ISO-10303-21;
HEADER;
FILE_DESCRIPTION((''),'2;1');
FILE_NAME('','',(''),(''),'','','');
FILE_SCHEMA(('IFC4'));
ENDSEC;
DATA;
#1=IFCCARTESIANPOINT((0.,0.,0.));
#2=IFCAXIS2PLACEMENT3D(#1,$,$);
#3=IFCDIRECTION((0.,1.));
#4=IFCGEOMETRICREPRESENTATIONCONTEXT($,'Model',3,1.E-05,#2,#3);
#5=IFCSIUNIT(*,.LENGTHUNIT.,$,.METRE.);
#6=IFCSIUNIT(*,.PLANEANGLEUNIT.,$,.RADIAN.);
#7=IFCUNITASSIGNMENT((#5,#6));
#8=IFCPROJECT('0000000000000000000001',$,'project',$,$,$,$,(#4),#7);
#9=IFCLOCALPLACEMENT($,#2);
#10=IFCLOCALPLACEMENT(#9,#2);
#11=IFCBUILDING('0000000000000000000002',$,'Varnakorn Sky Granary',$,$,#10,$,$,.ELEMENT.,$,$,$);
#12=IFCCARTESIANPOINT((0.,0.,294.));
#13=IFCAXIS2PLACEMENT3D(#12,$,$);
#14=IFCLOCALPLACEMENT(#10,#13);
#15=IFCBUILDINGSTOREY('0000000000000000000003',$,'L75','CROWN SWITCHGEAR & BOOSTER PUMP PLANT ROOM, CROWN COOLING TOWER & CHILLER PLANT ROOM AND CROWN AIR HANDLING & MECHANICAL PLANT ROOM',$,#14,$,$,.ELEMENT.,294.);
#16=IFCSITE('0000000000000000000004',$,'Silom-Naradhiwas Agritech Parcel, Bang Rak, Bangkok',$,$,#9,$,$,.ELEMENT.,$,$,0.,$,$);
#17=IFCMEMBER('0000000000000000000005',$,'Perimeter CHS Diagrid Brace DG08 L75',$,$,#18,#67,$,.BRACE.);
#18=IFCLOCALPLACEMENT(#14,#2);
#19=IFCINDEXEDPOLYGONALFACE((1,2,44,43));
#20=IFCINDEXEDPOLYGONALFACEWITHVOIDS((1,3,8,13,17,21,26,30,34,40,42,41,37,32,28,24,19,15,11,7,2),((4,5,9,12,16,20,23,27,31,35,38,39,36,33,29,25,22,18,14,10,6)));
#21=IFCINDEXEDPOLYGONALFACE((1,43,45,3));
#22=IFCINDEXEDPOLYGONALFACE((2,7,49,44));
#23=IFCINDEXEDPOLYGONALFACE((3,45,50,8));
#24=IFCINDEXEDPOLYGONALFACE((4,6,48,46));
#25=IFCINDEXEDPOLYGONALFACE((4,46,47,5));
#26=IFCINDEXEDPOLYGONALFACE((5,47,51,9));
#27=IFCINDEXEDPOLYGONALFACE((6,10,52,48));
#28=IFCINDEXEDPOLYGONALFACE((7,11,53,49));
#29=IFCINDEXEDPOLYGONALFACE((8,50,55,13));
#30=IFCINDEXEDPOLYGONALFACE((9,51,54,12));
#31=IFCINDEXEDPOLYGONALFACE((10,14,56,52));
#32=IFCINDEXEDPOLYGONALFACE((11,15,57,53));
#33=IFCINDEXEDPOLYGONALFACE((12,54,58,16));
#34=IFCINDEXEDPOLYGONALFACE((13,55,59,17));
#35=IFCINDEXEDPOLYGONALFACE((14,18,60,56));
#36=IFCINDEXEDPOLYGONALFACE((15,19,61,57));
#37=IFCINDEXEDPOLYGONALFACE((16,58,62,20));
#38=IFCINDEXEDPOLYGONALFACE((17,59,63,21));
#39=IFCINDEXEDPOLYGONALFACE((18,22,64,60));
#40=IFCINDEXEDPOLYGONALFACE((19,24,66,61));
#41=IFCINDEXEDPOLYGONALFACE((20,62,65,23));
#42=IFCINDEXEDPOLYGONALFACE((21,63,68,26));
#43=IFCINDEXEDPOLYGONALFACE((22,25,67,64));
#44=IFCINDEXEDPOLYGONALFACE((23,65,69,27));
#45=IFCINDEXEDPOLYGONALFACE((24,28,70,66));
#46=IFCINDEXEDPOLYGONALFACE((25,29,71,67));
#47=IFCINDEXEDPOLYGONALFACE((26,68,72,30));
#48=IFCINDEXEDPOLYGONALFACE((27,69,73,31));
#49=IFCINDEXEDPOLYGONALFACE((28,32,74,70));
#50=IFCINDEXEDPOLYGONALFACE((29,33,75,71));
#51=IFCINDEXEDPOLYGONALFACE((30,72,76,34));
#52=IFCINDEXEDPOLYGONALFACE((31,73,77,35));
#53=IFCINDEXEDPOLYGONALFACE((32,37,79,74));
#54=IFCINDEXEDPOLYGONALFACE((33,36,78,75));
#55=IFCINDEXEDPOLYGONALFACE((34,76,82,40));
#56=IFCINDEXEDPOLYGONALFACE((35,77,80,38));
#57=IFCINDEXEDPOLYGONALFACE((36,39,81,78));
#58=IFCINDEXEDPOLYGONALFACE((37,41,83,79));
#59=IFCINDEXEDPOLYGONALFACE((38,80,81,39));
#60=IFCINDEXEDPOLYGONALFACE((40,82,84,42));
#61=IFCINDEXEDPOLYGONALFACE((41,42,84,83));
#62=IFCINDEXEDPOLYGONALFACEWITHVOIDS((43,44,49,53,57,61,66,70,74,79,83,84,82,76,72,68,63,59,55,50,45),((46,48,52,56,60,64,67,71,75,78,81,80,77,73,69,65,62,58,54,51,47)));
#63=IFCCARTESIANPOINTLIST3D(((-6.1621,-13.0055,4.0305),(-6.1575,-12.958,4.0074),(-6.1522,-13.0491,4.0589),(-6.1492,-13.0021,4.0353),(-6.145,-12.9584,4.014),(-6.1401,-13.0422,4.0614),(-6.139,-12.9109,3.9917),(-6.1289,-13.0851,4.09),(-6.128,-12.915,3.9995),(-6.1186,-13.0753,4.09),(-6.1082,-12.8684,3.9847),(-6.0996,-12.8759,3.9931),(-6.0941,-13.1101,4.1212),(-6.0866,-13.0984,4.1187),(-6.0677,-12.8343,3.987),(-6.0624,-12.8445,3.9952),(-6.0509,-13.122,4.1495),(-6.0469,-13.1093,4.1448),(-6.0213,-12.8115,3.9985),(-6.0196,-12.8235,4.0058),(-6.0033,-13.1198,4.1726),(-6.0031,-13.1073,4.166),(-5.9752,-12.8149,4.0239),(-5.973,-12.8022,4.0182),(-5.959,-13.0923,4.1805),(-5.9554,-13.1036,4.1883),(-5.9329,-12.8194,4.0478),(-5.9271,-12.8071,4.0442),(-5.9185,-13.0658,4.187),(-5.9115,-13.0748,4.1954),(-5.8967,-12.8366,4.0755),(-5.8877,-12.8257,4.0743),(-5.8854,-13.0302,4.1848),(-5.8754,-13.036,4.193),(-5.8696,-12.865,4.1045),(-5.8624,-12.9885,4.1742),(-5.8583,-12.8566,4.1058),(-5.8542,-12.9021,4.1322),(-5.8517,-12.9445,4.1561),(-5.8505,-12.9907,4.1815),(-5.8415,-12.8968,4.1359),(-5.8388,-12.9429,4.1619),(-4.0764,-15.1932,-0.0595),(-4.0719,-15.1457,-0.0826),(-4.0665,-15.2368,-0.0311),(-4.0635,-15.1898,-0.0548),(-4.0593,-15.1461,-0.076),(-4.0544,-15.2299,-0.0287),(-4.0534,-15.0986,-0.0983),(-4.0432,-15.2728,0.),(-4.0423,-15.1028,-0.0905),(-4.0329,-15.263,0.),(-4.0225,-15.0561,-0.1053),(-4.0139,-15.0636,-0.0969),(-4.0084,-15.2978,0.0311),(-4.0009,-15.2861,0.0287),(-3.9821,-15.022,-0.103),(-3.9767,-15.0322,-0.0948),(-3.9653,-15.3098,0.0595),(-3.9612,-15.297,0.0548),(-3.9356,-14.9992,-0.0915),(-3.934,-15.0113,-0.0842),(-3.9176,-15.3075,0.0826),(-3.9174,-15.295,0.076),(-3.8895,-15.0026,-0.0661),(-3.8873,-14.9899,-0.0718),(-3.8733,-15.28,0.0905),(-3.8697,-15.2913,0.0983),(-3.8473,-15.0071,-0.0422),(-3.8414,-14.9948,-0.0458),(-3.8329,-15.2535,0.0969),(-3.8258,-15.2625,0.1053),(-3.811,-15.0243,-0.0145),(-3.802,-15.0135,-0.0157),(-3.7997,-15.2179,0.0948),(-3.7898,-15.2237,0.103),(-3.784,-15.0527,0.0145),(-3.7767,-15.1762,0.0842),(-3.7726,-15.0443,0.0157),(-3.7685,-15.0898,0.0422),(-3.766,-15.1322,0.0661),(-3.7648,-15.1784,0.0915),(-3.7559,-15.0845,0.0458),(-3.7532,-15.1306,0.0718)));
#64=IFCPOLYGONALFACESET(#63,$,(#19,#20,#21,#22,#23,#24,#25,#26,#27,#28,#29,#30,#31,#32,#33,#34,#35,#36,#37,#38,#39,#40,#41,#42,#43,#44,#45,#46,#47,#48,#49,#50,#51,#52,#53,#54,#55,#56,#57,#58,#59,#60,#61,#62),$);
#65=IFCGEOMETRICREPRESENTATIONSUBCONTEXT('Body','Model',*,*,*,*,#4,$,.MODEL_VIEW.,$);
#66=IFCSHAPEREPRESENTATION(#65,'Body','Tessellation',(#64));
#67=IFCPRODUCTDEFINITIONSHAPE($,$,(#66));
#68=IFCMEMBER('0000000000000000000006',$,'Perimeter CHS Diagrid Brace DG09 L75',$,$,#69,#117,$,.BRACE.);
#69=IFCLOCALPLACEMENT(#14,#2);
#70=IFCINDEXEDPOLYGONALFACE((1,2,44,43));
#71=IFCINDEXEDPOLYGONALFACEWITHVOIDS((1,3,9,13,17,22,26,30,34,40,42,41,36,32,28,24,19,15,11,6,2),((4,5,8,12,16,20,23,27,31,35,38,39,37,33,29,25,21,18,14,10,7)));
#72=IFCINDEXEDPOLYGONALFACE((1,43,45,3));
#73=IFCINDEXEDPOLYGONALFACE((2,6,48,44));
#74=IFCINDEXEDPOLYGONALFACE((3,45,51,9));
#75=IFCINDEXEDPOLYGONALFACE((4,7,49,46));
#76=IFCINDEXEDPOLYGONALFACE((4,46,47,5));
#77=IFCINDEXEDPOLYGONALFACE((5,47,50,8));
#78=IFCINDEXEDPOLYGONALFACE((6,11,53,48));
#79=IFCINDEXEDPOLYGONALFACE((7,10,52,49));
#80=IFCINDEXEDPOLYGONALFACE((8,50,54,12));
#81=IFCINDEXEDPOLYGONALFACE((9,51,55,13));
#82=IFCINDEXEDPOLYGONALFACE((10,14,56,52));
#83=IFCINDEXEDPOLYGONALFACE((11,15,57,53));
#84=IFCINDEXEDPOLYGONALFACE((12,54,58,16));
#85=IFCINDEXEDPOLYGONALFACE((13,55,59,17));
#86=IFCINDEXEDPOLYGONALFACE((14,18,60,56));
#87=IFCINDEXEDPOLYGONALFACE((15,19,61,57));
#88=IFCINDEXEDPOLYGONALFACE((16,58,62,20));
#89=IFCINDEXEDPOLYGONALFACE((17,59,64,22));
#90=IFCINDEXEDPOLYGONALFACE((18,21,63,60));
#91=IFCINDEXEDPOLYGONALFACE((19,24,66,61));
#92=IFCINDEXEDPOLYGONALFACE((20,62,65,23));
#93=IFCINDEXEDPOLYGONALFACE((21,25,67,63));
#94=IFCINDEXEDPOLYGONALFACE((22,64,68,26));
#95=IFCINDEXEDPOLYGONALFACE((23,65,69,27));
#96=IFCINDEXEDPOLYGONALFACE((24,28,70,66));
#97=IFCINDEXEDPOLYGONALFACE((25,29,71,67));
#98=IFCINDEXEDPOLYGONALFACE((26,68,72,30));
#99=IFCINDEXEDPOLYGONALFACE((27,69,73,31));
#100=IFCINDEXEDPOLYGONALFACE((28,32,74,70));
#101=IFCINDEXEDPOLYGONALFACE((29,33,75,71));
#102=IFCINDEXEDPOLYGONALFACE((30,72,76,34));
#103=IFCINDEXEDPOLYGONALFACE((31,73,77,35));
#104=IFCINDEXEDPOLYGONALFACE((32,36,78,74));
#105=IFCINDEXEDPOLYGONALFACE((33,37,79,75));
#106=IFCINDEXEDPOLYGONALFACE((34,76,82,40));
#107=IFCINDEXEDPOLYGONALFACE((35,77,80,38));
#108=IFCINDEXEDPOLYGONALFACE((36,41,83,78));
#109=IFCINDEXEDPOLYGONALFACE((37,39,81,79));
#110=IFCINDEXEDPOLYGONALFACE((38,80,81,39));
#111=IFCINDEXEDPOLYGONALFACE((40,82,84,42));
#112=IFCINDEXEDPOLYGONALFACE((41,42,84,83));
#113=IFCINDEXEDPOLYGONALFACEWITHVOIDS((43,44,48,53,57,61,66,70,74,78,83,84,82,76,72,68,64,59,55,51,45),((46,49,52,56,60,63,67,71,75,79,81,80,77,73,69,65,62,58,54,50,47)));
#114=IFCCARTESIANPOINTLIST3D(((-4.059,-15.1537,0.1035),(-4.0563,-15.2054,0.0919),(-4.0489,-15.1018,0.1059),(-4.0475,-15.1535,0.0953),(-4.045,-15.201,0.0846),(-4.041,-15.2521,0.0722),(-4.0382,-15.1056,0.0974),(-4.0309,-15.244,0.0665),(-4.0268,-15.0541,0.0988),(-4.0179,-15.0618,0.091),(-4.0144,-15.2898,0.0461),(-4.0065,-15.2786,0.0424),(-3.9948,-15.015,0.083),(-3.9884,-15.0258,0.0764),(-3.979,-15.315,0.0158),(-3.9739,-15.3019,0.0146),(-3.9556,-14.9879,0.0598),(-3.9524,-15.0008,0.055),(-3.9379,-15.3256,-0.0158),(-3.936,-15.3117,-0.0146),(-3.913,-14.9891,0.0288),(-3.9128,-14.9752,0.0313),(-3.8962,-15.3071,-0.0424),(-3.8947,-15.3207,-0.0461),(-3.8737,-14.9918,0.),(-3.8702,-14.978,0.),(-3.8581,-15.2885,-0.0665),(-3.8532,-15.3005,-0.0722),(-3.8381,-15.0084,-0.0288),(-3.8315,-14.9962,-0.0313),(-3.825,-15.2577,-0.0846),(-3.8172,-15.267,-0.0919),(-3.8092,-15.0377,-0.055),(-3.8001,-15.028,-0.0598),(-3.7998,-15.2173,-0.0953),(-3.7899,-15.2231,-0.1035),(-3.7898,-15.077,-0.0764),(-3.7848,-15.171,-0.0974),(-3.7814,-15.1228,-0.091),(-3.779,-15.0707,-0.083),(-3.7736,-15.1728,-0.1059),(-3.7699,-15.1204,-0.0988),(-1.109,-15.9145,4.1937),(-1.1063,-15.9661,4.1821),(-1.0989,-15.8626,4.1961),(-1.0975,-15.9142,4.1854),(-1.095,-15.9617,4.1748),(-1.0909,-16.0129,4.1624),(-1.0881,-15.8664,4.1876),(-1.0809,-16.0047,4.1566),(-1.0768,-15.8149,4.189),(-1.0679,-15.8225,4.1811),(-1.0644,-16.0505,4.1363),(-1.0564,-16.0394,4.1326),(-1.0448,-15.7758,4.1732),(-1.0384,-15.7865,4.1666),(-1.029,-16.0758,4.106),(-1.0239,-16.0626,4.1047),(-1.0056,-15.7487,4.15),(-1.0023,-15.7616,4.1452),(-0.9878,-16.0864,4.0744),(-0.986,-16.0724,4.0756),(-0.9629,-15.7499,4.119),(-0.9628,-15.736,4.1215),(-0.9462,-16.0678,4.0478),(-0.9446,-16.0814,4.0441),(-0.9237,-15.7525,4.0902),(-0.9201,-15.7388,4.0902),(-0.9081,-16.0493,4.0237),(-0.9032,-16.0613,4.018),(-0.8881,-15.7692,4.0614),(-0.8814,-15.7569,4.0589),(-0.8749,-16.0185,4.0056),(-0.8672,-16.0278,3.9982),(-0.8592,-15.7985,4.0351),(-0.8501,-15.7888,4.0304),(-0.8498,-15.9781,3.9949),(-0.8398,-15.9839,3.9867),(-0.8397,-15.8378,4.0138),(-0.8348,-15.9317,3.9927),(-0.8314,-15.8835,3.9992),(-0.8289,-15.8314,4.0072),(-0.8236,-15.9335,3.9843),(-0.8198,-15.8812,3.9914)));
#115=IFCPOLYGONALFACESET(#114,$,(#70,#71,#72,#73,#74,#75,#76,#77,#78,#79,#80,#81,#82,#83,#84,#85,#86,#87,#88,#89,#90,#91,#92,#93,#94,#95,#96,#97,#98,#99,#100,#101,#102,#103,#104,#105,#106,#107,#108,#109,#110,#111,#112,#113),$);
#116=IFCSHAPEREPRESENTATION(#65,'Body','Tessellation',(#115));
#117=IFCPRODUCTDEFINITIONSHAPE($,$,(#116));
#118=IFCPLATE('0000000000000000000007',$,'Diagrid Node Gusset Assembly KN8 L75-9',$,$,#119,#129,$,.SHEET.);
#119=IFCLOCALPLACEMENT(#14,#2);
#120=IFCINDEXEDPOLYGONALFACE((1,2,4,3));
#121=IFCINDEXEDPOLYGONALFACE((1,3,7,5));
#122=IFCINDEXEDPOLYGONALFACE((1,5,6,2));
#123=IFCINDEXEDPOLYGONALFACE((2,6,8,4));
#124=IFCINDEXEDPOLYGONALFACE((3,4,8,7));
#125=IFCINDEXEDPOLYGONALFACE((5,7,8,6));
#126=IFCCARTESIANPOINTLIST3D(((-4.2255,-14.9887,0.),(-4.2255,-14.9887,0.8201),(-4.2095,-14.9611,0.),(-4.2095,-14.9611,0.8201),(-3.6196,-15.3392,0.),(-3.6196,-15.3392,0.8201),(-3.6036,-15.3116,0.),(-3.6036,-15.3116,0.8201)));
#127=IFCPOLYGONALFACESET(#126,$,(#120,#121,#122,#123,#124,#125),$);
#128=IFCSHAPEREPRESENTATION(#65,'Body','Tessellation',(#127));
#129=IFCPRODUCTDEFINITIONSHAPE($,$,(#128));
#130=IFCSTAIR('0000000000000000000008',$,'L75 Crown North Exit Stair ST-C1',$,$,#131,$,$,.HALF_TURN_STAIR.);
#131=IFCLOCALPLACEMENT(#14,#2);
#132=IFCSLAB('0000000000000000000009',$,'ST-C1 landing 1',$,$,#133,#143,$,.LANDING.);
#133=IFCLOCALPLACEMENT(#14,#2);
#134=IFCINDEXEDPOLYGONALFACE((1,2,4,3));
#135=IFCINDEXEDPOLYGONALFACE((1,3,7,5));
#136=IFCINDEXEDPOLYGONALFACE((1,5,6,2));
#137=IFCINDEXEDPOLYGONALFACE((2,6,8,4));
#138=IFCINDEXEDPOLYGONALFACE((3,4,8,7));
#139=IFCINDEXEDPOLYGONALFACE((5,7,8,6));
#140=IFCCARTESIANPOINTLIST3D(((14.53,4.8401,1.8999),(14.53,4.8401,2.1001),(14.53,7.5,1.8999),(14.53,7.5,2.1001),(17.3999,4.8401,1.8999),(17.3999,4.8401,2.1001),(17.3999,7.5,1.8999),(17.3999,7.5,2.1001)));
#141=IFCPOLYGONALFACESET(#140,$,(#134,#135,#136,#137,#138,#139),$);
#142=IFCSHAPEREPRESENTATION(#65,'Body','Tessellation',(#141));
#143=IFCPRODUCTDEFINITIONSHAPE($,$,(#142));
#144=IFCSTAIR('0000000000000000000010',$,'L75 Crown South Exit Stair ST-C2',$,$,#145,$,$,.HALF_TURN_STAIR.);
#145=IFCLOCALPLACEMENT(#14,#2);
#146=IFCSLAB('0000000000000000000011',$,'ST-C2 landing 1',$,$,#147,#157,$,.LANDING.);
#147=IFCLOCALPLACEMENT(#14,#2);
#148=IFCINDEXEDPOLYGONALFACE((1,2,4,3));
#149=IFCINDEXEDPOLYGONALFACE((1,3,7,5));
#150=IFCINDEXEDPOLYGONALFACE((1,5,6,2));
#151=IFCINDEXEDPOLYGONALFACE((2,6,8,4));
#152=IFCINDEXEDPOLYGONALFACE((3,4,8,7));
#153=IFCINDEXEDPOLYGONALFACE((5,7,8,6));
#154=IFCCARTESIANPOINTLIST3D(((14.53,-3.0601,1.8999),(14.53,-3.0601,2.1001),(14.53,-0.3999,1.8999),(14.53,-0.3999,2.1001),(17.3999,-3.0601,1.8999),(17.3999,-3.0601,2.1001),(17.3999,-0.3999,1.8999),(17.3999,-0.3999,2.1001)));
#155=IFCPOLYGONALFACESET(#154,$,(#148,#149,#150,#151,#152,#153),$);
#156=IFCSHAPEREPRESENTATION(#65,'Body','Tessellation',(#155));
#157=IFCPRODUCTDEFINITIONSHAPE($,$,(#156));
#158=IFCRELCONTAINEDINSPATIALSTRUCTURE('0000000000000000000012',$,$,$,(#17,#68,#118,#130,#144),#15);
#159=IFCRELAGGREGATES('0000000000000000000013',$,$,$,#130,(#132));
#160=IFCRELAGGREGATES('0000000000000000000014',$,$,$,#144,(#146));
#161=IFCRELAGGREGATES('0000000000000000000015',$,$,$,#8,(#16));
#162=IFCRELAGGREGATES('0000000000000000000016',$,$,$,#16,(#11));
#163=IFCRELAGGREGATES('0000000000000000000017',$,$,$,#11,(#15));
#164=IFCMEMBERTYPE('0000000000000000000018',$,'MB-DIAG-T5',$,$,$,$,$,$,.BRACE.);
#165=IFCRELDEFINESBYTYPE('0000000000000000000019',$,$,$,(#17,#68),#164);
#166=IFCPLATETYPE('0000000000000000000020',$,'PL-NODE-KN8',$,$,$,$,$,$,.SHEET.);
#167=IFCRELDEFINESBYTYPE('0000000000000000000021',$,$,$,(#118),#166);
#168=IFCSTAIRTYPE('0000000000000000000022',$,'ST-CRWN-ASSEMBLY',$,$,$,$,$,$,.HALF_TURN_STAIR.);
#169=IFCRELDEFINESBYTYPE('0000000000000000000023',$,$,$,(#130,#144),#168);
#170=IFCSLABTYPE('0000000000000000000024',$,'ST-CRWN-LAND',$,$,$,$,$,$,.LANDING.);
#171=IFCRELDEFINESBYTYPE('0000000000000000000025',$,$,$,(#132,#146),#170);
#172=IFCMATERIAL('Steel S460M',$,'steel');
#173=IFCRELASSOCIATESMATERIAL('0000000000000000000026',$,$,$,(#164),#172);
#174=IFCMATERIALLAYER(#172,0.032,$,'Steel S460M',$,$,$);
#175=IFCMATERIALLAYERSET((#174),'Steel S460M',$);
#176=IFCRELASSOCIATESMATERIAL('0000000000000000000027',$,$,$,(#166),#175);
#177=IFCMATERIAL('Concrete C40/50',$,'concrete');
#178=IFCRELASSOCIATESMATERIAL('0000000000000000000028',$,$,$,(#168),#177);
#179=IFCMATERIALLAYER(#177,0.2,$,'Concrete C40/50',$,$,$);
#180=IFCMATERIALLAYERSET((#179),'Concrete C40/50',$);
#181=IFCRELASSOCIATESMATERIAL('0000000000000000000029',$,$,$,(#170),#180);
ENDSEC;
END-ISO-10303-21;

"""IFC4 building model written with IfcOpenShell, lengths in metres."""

from ifc_helpers import new_model, si_unit, direction, frame, origin, origin_2d, place, context, subcontext, project, spatial, polyline, rectangle, hollow_circle, outline, extrude, material, layer, layer_set, material_profile, profile_set, type_object, element, aggregate, save


model = new_model("IFC4")

# Units and contexts
model_context = context("Model", 3, precision=1e-05, world=origin(), true_north=direction((0.0, 1.0)))
body_context = subcontext(model_context, "Body", "Model", "MODEL_VIEW")
ifc_project = project(units=[si_unit("LENGTHUNIT", "METRE"), si_unit("PLANEANGLEUNIT", "RADIAN")], contexts=[model_context])

# Site, building, storey
site_placement = place(None, origin())
site = spatial("IfcSite", under=ifc_project, at=site_placement, Name="Silom-Naradhiwas Agritech Parcel, Bang Rak, Bangkok", CompositionType="ELEMENT", RefElevation=0.0)
building_placement = place(site_placement, origin())
building = spatial("IfcBuilding", under=site, at=building_placement, Name="Varnakorn Sky Granary", CompositionType="ELEMENT")
storey_placement = place(building_placement, frame((0.0, 0.0, 294.0)))
storey = spatial("IfcBuildingStorey", under=building, at=storey_placement, Name="L75", Description="CROWN SWITCHGEAR & BOOSTER PUMP PLANT ROOM, CROWN COOLING TOWER & CHILLER PLANT ROOM AND CROWN AIR HANDLING & MECHANICAL PLANT ROOM", CompositionType="ELEMENT", Elevation=294.0)

# Members
ifc_material_1 = material(Name="Steel S460M", Category="steel")
ifc_material_profile_1 = material_profile(ifc_material_1, hollow_circle(Radius=0.1777, WallThickness=0.0142, at=origin_2d()), Name="CHS 355.6x14")
ifc_profile_set_1 = profile_set([ifc_material_profile_1], Name="Steel S460M")
member_type_1 = type_object("IfcMemberType", Name="MB-DIAG-T5", PredefinedType="BRACE", material=ifc_profile_set_1)
member_1_placement = place(storey_placement, frame((-3.9146, -15.1501, 0.0), z_axis=(-0.410103, 0.430169, 0.80422), x_axis=(-0.723786, -0.690024, 0.0)))
element("IfcMember", 1, at=member_1_placement, inside=storey, type_object=member_type_1, Name="Perimeter CHS Diagrid Brace DG08 L75", PredefinedType="BRACE", context=body_context, shape_type="SweptSolid", body=[
    extrude(hollow_circle(Radius=0.1777, WallThickness=0.0142, at=origin_2d()), origin(), (0.0, 0.0, 1.0), 5.0857),
])
member_2_placement = place(storey_placement, frame((-3.9146, -15.1501, 0.0), z_axis=(0.578424, -0.149166, 0.801982), x_axis=(0.249713, 0.96832, 0.0)))
element("IfcMember", 2, at=member_2_placement, inside=storey, type_object=member_type_1, Name="Perimeter CHS Diagrid Brace DG09 L75", PredefinedType="BRACE", context=body_context, shape_type="SweptSolid", body=[
    extrude(hollow_circle(Radius=0.1777, WallThickness=0.0142, at=origin_2d()), origin(), (0.0, 0.0, 1.0), 5.1001),
])

# Plate
ifc_layer_1 = layer(ifc_material_1, 0.032, Name="Steel S460M")
ifc_layer_set_1 = layer_set([ifc_layer_1], Name="Steel S460M")
plate_type = type_object("IfcPlateType", Name="PL-NODE-KN8", PredefinedType="SHEET", material=ifc_layer_set_1)
plate_placement = place(storey_placement, frame((-3.9146, -15.1501, 0.0), z_axis=(0.0, 0.0, 1.0), x_axis=(0.865591, -0.500751, 0.0)))
element("IfcPlate", 3, at=plate_placement, inside=storey, type_object=plate_type, Name="Diagrid Node Gusset Assembly KN8 L75-9", PredefinedType="SHEET", context=body_context, shape_type="SweptSolid", body=[
    extrude(rectangle(XDim=0.7, YDim=0.032, at=origin_2d()), origin(), (0.0, 0.0, 1.0), 0.8201),
])

# Stairs, slabs
ifc_material_2 = material(Name="Concrete C40/50", Category="concrete")
stair_type = type_object("IfcStairType", Name="ST-CRWN-ASSEMBLY", PredefinedType="HALF_TURN_STAIR", material=ifc_material_2)
stair_1_placement = place(storey_placement, origin())
stair_1 = element("IfcStair", 4, at=stair_1_placement, inside=storey, type_object=stair_type, Name="L75 Crown North Exit Stair ST-C1", PredefinedType="HALF_TURN_STAIR")
ifc_layer_2 = layer(ifc_material_2, 0.2, Name="Concrete C40/50")
ifc_layer_set_2 = layer_set([ifc_layer_2], Name="Concrete C40/50")
slab_type_1 = type_object("IfcSlabType", Name="ST-CRWN-LAND", PredefinedType="LANDING", material=ifc_layer_set_2)
slab_1_placement = place(storey_placement, frame((0.0, 0.0, 1.8999)))
slab_1 = element("IfcSlab", 5, at=slab_1_placement, type_object=slab_type_1, Name="ST-C1 landing 1", PredefinedType="LANDING", context=body_context, shape_type="SweptSolid", body=[
    extrude(outline(polyline([(17.3999, 4.8401), (17.3999, 7.5), (14.53, 7.5), (14.53, 4.8401), (17.3999, 4.8401)])), origin(), (0.0, 0.0, 1.0), 0.2002),
])
aggregate(stair_1, [slab_1])
stair_2_placement = place(storey_placement, origin())
stair_2 = element("IfcStair", 6, at=stair_2_placement, inside=storey, type_object=stair_type, Name="L75 Crown South Exit Stair ST-C2", PredefinedType="HALF_TURN_STAIR")
slab_2_placement = place(storey_placement, frame((0.0, 0.0, 1.8999)))
slab_2 = element("IfcSlab", 7, at=slab_2_placement, type_object=slab_type_1, Name="ST-C2 landing 1", PredefinedType="LANDING", context=body_context, shape_type="SweptSolid", body=[
    extrude(outline(polyline([(17.3999, -3.0601), (17.3999, -0.3999), (14.53, -0.3999), (14.53, -3.0601), (17.3999, -3.0601)])), origin(), (0.0, 0.0, 1.0), 0.2002),
])
aggregate(stair_2, [slab_2])

save(model, "model.ifc")
